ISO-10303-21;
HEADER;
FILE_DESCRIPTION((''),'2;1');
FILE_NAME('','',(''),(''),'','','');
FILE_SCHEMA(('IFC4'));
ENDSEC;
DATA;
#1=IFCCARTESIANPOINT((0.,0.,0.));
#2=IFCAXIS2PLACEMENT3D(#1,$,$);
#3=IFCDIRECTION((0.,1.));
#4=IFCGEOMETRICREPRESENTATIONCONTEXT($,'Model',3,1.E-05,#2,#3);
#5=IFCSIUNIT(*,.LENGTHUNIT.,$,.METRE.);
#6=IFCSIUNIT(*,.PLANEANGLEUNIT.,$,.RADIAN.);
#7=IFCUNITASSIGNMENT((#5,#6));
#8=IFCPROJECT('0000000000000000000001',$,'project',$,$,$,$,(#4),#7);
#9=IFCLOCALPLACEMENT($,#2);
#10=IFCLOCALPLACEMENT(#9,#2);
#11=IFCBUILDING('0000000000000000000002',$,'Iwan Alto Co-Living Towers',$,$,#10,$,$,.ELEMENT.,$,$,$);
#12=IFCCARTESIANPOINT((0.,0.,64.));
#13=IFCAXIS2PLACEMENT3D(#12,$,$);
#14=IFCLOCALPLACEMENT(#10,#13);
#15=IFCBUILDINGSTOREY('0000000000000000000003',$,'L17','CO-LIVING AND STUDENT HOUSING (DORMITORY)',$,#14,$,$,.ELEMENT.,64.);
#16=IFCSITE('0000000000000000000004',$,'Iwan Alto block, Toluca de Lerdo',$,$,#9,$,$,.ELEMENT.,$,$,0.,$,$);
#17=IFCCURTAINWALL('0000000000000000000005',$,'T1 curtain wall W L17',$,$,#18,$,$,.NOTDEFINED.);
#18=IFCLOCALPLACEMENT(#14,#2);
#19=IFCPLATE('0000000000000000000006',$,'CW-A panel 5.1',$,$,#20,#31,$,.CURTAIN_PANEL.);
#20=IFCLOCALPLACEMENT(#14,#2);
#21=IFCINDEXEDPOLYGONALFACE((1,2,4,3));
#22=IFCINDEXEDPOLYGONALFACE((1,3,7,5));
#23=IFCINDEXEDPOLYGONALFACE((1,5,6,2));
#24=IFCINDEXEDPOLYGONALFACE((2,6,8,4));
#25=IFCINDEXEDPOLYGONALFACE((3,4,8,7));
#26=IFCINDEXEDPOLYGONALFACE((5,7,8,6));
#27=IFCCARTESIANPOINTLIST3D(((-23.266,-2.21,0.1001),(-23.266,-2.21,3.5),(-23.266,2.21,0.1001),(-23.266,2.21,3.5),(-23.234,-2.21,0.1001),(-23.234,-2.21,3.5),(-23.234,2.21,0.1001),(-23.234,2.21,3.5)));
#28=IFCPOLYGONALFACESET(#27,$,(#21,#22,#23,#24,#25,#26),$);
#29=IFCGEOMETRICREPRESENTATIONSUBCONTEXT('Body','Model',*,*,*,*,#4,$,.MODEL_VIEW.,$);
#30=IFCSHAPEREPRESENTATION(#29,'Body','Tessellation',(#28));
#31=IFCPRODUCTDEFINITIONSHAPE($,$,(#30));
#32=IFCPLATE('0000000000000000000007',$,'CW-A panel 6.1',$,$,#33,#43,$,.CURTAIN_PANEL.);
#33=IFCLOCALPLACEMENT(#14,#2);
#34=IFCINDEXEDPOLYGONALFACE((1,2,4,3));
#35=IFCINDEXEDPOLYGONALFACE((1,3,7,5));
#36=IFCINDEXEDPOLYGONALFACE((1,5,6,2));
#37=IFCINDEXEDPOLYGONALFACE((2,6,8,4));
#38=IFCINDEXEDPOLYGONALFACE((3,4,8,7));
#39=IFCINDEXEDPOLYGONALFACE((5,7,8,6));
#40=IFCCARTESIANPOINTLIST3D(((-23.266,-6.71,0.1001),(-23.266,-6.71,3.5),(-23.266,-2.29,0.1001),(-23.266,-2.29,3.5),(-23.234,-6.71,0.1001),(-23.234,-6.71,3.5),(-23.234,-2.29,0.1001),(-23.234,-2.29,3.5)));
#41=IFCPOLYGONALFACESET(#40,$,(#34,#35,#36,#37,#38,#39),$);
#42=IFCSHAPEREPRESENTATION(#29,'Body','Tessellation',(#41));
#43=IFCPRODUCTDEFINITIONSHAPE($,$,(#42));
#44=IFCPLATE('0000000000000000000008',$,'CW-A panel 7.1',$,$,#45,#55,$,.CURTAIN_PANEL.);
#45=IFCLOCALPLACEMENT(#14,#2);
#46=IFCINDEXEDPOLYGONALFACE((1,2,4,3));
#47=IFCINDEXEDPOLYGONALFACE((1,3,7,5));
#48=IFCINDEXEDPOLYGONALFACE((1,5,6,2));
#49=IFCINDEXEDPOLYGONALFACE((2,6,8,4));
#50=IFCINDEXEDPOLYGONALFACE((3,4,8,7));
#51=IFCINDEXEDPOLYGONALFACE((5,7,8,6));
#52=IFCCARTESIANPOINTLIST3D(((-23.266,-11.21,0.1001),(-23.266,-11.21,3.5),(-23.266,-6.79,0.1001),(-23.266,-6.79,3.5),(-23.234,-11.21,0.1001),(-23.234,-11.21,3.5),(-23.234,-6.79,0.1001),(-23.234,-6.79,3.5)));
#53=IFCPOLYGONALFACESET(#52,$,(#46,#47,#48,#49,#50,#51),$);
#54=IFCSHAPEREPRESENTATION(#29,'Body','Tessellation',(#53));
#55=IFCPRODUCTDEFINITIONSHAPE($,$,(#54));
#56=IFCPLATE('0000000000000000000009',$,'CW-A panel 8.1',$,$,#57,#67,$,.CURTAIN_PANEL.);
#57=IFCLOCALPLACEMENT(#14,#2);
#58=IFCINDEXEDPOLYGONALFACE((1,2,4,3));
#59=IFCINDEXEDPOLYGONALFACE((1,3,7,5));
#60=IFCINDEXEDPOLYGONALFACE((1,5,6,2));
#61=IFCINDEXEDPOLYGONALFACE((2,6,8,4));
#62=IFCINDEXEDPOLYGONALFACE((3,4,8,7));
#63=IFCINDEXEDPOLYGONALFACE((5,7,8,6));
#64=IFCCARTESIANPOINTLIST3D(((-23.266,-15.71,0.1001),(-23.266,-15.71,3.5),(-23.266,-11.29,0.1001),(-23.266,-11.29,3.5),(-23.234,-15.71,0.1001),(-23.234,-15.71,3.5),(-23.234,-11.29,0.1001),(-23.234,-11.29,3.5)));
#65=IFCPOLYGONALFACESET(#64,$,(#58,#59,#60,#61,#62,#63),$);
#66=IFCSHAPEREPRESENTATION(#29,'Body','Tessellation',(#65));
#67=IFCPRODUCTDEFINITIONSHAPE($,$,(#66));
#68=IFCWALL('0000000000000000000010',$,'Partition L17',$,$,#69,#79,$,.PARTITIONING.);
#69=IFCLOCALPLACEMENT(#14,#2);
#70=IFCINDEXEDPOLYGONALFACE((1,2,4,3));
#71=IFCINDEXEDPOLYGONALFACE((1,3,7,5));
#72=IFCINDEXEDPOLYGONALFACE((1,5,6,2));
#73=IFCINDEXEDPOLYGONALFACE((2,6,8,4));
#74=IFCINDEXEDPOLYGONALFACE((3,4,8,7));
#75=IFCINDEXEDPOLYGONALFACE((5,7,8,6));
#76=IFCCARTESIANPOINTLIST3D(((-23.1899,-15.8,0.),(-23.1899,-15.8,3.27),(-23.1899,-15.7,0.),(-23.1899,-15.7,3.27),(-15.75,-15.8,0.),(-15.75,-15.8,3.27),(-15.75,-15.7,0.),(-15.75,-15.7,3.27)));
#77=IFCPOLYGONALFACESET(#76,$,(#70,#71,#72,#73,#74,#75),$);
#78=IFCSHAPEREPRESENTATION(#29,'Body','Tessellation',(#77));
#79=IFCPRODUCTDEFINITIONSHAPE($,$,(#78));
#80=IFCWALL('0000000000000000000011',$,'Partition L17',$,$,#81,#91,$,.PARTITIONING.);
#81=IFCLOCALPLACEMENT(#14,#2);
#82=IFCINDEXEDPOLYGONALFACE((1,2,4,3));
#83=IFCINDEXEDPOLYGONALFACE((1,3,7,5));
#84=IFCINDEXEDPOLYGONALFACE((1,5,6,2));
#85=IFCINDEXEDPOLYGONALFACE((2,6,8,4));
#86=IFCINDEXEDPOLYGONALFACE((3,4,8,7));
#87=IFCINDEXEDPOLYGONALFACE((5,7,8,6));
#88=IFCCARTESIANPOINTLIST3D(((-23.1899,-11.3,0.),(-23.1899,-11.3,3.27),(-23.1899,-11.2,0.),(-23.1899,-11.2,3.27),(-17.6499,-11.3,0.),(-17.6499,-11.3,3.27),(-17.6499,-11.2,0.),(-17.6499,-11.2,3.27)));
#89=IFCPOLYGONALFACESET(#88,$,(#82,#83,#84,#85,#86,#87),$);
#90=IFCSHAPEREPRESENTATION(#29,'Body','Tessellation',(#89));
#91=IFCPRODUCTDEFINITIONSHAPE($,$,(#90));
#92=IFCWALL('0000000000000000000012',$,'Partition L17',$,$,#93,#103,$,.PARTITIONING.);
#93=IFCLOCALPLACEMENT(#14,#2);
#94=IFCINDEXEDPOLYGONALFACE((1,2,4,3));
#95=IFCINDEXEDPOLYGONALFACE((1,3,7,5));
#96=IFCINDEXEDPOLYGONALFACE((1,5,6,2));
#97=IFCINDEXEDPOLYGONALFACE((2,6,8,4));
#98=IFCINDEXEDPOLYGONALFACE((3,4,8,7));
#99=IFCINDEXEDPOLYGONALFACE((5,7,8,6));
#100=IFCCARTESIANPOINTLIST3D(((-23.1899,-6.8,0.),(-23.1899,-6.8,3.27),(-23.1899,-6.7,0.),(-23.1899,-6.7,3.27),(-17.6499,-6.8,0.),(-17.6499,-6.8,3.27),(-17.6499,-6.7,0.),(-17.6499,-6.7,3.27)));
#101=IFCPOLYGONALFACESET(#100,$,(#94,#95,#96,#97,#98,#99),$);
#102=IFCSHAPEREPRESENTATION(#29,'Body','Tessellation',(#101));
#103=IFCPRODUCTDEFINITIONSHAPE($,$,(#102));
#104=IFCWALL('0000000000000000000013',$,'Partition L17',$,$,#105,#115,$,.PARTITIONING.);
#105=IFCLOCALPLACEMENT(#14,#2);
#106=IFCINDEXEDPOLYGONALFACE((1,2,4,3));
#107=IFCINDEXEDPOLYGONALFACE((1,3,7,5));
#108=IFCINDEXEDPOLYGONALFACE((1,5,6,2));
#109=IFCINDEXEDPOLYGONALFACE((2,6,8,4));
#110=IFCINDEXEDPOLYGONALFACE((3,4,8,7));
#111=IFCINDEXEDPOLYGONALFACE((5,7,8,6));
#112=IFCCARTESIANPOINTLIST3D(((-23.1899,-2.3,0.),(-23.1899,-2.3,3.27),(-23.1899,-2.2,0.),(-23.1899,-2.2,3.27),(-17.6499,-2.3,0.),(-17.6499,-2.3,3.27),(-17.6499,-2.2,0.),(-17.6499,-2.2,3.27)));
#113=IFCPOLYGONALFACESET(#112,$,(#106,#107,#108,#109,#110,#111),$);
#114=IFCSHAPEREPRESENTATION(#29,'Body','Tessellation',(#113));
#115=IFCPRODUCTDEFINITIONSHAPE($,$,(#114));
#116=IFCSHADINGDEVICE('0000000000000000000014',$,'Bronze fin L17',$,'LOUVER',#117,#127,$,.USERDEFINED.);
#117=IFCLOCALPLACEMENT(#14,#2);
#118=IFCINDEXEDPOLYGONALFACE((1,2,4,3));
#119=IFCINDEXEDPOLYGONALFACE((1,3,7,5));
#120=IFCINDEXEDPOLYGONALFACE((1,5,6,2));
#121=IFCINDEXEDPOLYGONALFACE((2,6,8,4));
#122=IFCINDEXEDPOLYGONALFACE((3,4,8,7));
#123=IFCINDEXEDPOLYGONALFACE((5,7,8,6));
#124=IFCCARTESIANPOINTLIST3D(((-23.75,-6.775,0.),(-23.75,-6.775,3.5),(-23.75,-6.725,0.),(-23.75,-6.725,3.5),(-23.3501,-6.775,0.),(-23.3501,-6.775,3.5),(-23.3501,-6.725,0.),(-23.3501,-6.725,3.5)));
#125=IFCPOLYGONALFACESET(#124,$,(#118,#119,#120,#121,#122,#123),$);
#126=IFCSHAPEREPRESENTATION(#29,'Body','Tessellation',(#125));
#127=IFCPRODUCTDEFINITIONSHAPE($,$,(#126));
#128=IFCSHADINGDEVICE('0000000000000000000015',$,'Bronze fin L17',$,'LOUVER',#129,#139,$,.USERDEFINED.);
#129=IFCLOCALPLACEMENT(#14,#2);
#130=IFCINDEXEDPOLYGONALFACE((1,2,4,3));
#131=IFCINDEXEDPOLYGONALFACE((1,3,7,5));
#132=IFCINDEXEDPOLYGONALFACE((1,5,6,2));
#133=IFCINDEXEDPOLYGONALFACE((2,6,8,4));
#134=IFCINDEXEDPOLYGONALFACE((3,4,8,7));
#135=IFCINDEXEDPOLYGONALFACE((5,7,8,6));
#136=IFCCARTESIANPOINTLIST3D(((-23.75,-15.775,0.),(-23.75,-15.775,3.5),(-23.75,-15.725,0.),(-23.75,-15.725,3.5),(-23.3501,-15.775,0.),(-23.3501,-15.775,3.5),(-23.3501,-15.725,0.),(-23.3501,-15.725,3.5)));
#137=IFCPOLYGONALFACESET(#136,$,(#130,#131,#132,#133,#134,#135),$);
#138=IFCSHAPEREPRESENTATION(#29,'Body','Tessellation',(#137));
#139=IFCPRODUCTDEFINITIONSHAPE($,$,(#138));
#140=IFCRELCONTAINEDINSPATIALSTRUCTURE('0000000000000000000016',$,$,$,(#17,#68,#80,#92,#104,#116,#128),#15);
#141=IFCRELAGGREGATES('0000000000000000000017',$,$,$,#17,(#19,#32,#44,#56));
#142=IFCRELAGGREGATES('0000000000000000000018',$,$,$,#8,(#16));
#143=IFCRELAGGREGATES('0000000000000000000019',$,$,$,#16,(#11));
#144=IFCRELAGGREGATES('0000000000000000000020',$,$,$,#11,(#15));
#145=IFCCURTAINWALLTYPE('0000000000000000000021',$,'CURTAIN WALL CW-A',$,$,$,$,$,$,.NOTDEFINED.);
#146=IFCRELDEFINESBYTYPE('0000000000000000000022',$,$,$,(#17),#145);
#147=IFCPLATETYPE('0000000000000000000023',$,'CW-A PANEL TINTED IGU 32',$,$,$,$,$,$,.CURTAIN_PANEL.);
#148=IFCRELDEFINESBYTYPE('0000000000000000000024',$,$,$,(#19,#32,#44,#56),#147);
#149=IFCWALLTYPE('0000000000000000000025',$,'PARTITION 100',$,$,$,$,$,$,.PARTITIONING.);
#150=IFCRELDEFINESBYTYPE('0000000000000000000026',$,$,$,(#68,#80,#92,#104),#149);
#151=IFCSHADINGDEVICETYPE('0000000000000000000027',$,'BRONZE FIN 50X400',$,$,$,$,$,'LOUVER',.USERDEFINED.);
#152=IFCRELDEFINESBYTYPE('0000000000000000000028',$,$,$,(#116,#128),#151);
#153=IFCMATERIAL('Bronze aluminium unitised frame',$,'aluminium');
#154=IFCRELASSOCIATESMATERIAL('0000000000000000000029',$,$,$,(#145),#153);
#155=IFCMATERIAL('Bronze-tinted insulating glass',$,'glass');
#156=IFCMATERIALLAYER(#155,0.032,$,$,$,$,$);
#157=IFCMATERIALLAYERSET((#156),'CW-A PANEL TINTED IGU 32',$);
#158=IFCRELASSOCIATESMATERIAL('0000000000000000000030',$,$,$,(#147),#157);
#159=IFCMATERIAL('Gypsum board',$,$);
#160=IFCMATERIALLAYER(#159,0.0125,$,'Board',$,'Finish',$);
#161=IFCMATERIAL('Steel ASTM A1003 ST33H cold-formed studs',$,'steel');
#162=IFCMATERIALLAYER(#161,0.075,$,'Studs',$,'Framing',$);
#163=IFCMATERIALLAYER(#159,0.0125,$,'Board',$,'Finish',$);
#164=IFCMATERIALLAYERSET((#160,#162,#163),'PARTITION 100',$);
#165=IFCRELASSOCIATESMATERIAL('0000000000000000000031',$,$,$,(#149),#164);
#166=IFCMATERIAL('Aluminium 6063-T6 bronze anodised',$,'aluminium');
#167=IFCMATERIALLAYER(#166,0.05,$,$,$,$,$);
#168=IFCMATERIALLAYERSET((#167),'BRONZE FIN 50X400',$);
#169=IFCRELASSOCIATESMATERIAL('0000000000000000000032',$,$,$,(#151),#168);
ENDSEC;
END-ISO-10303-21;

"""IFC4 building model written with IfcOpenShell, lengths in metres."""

from ifc_helpers import new_model, si_unit, direction, frame, frame_2d, origin, origin_2d, place, context, subcontext, project, spatial, rectangle, extrude, material, layer, layer_set, type_object, element, aggregate, save


model = new_model("IFC4")

# Units and contexts
model_context = context("Model", 3, precision=1e-05, world=origin(), true_north=direction((0.0, 1.0)))
body_context = subcontext(model_context, "Body", "Model", "MODEL_VIEW")
ifc_project = project(units=[si_unit("LENGTHUNIT", "METRE"), si_unit("PLANEANGLEUNIT", "RADIAN")], contexts=[model_context])

# Site, building, storey
site_placement = place(None, origin())
site = spatial("IfcSite", under=ifc_project, at=site_placement, Name="Iwan Alto block, Toluca de Lerdo", CompositionType="ELEMENT", RefElevation=0.0)
building_placement = place(site_placement, origin())
building = spatial("IfcBuilding", under=site, at=building_placement, Name="Iwan Alto Co-Living Towers", CompositionType="ELEMENT")
storey_placement = place(building_placement, frame((0.0, 0.0, 64.0)))
storey = spatial("IfcBuildingStorey", under=building, at=storey_placement, Name="L17", Description="CO-LIVING AND STUDENT HOUSING (DORMITORY)", CompositionType="ELEMENT", Elevation=64.0)

# Curtain wall
ifc_material_1 = material(Name="Bronze aluminium unitised frame", Category="aluminium")
curtain_wall_type = type_object("IfcCurtainWallType", Name="CURTAIN WALL CW-A", PredefinedType="NOTDEFINED", material=ifc_material_1)
curtain_wall_placement = place(storey_placement, origin())
curtain_wall = element("IfcCurtainWall", 1, at=curtain_wall_placement, inside=storey, type_object=curtain_wall_type, Name="T1 curtain wall W L17", PredefinedType="NOTDEFINED")

# Plates
ifc_material_2 = material(Name="Bronze-tinted insulating glass", Category="glass")
ifc_layer_1 = layer(ifc_material_2, 0.032)
ifc_layer_set_1 = layer_set([ifc_layer_1], Name="CW-A PANEL TINTED IGU 32")
plate_type = type_object("IfcPlateType", Name="CW-A PANEL TINTED IGU 32", PredefinedType="CURTAIN_PANEL", material=ifc_layer_set_1)
plate_1_placement = place(storey_placement, frame((-23.25, 0.0, 0.1001), z_axis=(0.0, 0.0, 1.0), x_axis=(0.0, -1.0, 0.0)))
plate_1 = element("IfcPlate", 2, at=plate_1_placement, type_object=plate_type, Name="CW-A panel 5.1", PredefinedType="CURTAIN_PANEL", context=body_context, shape_type="SweptSolid", body=[
    extrude(rectangle(XDim=4.4199, YDim=0.032, at=origin_2d()), origin(), (0.0, 0.0, 1.0), 3.3999),
])
plate_2_placement = place(storey_placement, frame((-23.25, -4.5, 0.1001), z_axis=(0.0, 0.0, 1.0), x_axis=(0.0, -1.0, 0.0)))
plate_2 = element("IfcPlate", 3, at=plate_2_placement, type_object=plate_type, Name="CW-A panel 6.1", PredefinedType="CURTAIN_PANEL", context=body_context, shape_type="SweptSolid", body=[
    extrude(rectangle(XDim=4.4199, YDim=0.032, at=origin_2d()), origin(), (0.0, 0.0, 1.0), 3.3999),
])
plate_3_placement = place(storey_placement, frame((-23.25, -9.0, 0.1001), z_axis=(0.0, 0.0, 1.0), x_axis=(0.0, -1.0, 0.0)))
plate_3 = element("IfcPlate", 4, at=plate_3_placement, type_object=plate_type, Name="CW-A panel 7.1", PredefinedType="CURTAIN_PANEL", context=body_context, shape_type="SweptSolid", body=[
    extrude(rectangle(XDim=4.4199, YDim=0.032, at=origin_2d()), origin(), (0.0, 0.0, 1.0), 3.3999),
])
plate_4_placement = place(storey_placement, frame((-23.25, -13.5, 0.1001), z_axis=(0.0, 0.0, 1.0), x_axis=(0.0, -1.0, 0.0)))
plate_4 = element("IfcPlate", 5, at=plate_4_placement, type_object=plate_type, Name="CW-A panel 8.1", PredefinedType="CURTAIN_PANEL", context=body_context, shape_type="SweptSolid", body=[
    extrude(rectangle(XDim=4.4199, YDim=0.032, at=origin_2d()), origin(), (0.0, 0.0, 1.0), 3.3999),
])
aggregate(curtain_wall, [plate_1, plate_2, plate_3, plate_4])

# Walls
ifc_material_3 = material(Name="Gypsum board")
ifc_layer_2 = layer(ifc_material_3, 0.0125, Name="Board", Category="Finish")
ifc_material_4 = material(Name="Steel ASTM A1003 ST33H cold-formed studs", Category="steel")
ifc_layer_3 = layer(ifc_material_4, 0.075, Name="Studs", Category="Framing")
ifc_layer_4 = layer(ifc_material_3, 0.0125, Name="Board", Category="Finish")
ifc_layer_set_2 = layer_set([ifc_layer_2, ifc_layer_3, ifc_layer_4], Name="PARTITION 100")
wall_type = type_object("IfcWallType", Name="PARTITION 100", PredefinedType="PARTITIONING", material=ifc_layer_set_2)
wall_placement = place(storey_placement, frame((-23.1899, -15.75, 0.0), z_axis=(0.0, 0.0, 1.0), x_axis=(1.0, 0.0, 0.0)))
element("IfcWall", 6, at=wall_placement, inside=storey, type_object=wall_type, Name="Partition L17", PredefinedType="PARTITIONING", context=body_context, shape_type="SweptSolid", body=[
    extrude(rectangle(XDim=7.4399, YDim=0.1001, at=frame_2d((3.72, 0.0))), origin(), (0.0, 0.0, 1.0), 3.27),
])
for number, where, z_axis, x_axis, name in (
    (7, (-23.1899, -11.25, 0.0), (0.0, 0.0, 1.0), (1.0, 0.0, 0.0), "Partition L17"),
    (8, (-23.1899, -6.75, 0.0), (0.0, 0.0, 1.0), (1.0, 0.0, 0.0), "Partition L17"),
    (9, (-23.1899, -2.25, 0.0), (0.0, 0.0, 1.0), (1.0, 0.0, 0.0), "Partition L17"),
):
    element("IfcWall", number, at=place(storey_placement, frame(where, z_axis=z_axis, x_axis=x_axis)), inside=storey, type_object=wall_type, Name=name, PredefinedType="PARTITIONING", context=body_context, shape_type="SweptSolid", body=[
        extrude(rectangle(XDim=5.54, YDim=0.1001, at=frame_2d((2.77, 0.0))), origin(), (0.0, 0.0, 1.0), 3.27),
    ])

# Shading devices
ifc_material_5 = material(Name="Aluminium 6063-T6 bronze anodised", Category="aluminium")
ifc_layer_5 = layer(ifc_material_5, 0.05)
ifc_layer_set_3 = layer_set([ifc_layer_5], Name="BRONZE FIN 50X400")
shading_device_type = type_object("IfcShadingDeviceType", Name="BRONZE FIN 50X400", ElementType="LOUVER", PredefinedType="USERDEFINED", material=ifc_layer_set_3)
for number, where, z_axis, x_axis, name in (
    (10, (-23.55, -6.75, 0.0), (0.0, 0.0, 1.0), (0.0, -1.0, 0.0), "Bronze fin L17"),
    (11, (-23.55, -15.75, 0.0), (0.0, 0.0, 1.0), (0.0, -1.0, 0.0), "Bronze fin L17"),
):
    element("IfcShadingDevice", number, at=place(storey_placement, frame(where, z_axis=z_axis, x_axis=x_axis)), inside=storey, type_object=shading_device_type, Name=name, ObjectType="LOUVER", PredefinedType="USERDEFINED", context=body_context, shape_type="SweptSolid", body=[
        extrude(rectangle(XDim=0.05, YDim=0.3999, at=origin_2d()), origin(), (0.0, 0.0, 1.0), 3.5),
    ])

save(model, "model.ifc")
